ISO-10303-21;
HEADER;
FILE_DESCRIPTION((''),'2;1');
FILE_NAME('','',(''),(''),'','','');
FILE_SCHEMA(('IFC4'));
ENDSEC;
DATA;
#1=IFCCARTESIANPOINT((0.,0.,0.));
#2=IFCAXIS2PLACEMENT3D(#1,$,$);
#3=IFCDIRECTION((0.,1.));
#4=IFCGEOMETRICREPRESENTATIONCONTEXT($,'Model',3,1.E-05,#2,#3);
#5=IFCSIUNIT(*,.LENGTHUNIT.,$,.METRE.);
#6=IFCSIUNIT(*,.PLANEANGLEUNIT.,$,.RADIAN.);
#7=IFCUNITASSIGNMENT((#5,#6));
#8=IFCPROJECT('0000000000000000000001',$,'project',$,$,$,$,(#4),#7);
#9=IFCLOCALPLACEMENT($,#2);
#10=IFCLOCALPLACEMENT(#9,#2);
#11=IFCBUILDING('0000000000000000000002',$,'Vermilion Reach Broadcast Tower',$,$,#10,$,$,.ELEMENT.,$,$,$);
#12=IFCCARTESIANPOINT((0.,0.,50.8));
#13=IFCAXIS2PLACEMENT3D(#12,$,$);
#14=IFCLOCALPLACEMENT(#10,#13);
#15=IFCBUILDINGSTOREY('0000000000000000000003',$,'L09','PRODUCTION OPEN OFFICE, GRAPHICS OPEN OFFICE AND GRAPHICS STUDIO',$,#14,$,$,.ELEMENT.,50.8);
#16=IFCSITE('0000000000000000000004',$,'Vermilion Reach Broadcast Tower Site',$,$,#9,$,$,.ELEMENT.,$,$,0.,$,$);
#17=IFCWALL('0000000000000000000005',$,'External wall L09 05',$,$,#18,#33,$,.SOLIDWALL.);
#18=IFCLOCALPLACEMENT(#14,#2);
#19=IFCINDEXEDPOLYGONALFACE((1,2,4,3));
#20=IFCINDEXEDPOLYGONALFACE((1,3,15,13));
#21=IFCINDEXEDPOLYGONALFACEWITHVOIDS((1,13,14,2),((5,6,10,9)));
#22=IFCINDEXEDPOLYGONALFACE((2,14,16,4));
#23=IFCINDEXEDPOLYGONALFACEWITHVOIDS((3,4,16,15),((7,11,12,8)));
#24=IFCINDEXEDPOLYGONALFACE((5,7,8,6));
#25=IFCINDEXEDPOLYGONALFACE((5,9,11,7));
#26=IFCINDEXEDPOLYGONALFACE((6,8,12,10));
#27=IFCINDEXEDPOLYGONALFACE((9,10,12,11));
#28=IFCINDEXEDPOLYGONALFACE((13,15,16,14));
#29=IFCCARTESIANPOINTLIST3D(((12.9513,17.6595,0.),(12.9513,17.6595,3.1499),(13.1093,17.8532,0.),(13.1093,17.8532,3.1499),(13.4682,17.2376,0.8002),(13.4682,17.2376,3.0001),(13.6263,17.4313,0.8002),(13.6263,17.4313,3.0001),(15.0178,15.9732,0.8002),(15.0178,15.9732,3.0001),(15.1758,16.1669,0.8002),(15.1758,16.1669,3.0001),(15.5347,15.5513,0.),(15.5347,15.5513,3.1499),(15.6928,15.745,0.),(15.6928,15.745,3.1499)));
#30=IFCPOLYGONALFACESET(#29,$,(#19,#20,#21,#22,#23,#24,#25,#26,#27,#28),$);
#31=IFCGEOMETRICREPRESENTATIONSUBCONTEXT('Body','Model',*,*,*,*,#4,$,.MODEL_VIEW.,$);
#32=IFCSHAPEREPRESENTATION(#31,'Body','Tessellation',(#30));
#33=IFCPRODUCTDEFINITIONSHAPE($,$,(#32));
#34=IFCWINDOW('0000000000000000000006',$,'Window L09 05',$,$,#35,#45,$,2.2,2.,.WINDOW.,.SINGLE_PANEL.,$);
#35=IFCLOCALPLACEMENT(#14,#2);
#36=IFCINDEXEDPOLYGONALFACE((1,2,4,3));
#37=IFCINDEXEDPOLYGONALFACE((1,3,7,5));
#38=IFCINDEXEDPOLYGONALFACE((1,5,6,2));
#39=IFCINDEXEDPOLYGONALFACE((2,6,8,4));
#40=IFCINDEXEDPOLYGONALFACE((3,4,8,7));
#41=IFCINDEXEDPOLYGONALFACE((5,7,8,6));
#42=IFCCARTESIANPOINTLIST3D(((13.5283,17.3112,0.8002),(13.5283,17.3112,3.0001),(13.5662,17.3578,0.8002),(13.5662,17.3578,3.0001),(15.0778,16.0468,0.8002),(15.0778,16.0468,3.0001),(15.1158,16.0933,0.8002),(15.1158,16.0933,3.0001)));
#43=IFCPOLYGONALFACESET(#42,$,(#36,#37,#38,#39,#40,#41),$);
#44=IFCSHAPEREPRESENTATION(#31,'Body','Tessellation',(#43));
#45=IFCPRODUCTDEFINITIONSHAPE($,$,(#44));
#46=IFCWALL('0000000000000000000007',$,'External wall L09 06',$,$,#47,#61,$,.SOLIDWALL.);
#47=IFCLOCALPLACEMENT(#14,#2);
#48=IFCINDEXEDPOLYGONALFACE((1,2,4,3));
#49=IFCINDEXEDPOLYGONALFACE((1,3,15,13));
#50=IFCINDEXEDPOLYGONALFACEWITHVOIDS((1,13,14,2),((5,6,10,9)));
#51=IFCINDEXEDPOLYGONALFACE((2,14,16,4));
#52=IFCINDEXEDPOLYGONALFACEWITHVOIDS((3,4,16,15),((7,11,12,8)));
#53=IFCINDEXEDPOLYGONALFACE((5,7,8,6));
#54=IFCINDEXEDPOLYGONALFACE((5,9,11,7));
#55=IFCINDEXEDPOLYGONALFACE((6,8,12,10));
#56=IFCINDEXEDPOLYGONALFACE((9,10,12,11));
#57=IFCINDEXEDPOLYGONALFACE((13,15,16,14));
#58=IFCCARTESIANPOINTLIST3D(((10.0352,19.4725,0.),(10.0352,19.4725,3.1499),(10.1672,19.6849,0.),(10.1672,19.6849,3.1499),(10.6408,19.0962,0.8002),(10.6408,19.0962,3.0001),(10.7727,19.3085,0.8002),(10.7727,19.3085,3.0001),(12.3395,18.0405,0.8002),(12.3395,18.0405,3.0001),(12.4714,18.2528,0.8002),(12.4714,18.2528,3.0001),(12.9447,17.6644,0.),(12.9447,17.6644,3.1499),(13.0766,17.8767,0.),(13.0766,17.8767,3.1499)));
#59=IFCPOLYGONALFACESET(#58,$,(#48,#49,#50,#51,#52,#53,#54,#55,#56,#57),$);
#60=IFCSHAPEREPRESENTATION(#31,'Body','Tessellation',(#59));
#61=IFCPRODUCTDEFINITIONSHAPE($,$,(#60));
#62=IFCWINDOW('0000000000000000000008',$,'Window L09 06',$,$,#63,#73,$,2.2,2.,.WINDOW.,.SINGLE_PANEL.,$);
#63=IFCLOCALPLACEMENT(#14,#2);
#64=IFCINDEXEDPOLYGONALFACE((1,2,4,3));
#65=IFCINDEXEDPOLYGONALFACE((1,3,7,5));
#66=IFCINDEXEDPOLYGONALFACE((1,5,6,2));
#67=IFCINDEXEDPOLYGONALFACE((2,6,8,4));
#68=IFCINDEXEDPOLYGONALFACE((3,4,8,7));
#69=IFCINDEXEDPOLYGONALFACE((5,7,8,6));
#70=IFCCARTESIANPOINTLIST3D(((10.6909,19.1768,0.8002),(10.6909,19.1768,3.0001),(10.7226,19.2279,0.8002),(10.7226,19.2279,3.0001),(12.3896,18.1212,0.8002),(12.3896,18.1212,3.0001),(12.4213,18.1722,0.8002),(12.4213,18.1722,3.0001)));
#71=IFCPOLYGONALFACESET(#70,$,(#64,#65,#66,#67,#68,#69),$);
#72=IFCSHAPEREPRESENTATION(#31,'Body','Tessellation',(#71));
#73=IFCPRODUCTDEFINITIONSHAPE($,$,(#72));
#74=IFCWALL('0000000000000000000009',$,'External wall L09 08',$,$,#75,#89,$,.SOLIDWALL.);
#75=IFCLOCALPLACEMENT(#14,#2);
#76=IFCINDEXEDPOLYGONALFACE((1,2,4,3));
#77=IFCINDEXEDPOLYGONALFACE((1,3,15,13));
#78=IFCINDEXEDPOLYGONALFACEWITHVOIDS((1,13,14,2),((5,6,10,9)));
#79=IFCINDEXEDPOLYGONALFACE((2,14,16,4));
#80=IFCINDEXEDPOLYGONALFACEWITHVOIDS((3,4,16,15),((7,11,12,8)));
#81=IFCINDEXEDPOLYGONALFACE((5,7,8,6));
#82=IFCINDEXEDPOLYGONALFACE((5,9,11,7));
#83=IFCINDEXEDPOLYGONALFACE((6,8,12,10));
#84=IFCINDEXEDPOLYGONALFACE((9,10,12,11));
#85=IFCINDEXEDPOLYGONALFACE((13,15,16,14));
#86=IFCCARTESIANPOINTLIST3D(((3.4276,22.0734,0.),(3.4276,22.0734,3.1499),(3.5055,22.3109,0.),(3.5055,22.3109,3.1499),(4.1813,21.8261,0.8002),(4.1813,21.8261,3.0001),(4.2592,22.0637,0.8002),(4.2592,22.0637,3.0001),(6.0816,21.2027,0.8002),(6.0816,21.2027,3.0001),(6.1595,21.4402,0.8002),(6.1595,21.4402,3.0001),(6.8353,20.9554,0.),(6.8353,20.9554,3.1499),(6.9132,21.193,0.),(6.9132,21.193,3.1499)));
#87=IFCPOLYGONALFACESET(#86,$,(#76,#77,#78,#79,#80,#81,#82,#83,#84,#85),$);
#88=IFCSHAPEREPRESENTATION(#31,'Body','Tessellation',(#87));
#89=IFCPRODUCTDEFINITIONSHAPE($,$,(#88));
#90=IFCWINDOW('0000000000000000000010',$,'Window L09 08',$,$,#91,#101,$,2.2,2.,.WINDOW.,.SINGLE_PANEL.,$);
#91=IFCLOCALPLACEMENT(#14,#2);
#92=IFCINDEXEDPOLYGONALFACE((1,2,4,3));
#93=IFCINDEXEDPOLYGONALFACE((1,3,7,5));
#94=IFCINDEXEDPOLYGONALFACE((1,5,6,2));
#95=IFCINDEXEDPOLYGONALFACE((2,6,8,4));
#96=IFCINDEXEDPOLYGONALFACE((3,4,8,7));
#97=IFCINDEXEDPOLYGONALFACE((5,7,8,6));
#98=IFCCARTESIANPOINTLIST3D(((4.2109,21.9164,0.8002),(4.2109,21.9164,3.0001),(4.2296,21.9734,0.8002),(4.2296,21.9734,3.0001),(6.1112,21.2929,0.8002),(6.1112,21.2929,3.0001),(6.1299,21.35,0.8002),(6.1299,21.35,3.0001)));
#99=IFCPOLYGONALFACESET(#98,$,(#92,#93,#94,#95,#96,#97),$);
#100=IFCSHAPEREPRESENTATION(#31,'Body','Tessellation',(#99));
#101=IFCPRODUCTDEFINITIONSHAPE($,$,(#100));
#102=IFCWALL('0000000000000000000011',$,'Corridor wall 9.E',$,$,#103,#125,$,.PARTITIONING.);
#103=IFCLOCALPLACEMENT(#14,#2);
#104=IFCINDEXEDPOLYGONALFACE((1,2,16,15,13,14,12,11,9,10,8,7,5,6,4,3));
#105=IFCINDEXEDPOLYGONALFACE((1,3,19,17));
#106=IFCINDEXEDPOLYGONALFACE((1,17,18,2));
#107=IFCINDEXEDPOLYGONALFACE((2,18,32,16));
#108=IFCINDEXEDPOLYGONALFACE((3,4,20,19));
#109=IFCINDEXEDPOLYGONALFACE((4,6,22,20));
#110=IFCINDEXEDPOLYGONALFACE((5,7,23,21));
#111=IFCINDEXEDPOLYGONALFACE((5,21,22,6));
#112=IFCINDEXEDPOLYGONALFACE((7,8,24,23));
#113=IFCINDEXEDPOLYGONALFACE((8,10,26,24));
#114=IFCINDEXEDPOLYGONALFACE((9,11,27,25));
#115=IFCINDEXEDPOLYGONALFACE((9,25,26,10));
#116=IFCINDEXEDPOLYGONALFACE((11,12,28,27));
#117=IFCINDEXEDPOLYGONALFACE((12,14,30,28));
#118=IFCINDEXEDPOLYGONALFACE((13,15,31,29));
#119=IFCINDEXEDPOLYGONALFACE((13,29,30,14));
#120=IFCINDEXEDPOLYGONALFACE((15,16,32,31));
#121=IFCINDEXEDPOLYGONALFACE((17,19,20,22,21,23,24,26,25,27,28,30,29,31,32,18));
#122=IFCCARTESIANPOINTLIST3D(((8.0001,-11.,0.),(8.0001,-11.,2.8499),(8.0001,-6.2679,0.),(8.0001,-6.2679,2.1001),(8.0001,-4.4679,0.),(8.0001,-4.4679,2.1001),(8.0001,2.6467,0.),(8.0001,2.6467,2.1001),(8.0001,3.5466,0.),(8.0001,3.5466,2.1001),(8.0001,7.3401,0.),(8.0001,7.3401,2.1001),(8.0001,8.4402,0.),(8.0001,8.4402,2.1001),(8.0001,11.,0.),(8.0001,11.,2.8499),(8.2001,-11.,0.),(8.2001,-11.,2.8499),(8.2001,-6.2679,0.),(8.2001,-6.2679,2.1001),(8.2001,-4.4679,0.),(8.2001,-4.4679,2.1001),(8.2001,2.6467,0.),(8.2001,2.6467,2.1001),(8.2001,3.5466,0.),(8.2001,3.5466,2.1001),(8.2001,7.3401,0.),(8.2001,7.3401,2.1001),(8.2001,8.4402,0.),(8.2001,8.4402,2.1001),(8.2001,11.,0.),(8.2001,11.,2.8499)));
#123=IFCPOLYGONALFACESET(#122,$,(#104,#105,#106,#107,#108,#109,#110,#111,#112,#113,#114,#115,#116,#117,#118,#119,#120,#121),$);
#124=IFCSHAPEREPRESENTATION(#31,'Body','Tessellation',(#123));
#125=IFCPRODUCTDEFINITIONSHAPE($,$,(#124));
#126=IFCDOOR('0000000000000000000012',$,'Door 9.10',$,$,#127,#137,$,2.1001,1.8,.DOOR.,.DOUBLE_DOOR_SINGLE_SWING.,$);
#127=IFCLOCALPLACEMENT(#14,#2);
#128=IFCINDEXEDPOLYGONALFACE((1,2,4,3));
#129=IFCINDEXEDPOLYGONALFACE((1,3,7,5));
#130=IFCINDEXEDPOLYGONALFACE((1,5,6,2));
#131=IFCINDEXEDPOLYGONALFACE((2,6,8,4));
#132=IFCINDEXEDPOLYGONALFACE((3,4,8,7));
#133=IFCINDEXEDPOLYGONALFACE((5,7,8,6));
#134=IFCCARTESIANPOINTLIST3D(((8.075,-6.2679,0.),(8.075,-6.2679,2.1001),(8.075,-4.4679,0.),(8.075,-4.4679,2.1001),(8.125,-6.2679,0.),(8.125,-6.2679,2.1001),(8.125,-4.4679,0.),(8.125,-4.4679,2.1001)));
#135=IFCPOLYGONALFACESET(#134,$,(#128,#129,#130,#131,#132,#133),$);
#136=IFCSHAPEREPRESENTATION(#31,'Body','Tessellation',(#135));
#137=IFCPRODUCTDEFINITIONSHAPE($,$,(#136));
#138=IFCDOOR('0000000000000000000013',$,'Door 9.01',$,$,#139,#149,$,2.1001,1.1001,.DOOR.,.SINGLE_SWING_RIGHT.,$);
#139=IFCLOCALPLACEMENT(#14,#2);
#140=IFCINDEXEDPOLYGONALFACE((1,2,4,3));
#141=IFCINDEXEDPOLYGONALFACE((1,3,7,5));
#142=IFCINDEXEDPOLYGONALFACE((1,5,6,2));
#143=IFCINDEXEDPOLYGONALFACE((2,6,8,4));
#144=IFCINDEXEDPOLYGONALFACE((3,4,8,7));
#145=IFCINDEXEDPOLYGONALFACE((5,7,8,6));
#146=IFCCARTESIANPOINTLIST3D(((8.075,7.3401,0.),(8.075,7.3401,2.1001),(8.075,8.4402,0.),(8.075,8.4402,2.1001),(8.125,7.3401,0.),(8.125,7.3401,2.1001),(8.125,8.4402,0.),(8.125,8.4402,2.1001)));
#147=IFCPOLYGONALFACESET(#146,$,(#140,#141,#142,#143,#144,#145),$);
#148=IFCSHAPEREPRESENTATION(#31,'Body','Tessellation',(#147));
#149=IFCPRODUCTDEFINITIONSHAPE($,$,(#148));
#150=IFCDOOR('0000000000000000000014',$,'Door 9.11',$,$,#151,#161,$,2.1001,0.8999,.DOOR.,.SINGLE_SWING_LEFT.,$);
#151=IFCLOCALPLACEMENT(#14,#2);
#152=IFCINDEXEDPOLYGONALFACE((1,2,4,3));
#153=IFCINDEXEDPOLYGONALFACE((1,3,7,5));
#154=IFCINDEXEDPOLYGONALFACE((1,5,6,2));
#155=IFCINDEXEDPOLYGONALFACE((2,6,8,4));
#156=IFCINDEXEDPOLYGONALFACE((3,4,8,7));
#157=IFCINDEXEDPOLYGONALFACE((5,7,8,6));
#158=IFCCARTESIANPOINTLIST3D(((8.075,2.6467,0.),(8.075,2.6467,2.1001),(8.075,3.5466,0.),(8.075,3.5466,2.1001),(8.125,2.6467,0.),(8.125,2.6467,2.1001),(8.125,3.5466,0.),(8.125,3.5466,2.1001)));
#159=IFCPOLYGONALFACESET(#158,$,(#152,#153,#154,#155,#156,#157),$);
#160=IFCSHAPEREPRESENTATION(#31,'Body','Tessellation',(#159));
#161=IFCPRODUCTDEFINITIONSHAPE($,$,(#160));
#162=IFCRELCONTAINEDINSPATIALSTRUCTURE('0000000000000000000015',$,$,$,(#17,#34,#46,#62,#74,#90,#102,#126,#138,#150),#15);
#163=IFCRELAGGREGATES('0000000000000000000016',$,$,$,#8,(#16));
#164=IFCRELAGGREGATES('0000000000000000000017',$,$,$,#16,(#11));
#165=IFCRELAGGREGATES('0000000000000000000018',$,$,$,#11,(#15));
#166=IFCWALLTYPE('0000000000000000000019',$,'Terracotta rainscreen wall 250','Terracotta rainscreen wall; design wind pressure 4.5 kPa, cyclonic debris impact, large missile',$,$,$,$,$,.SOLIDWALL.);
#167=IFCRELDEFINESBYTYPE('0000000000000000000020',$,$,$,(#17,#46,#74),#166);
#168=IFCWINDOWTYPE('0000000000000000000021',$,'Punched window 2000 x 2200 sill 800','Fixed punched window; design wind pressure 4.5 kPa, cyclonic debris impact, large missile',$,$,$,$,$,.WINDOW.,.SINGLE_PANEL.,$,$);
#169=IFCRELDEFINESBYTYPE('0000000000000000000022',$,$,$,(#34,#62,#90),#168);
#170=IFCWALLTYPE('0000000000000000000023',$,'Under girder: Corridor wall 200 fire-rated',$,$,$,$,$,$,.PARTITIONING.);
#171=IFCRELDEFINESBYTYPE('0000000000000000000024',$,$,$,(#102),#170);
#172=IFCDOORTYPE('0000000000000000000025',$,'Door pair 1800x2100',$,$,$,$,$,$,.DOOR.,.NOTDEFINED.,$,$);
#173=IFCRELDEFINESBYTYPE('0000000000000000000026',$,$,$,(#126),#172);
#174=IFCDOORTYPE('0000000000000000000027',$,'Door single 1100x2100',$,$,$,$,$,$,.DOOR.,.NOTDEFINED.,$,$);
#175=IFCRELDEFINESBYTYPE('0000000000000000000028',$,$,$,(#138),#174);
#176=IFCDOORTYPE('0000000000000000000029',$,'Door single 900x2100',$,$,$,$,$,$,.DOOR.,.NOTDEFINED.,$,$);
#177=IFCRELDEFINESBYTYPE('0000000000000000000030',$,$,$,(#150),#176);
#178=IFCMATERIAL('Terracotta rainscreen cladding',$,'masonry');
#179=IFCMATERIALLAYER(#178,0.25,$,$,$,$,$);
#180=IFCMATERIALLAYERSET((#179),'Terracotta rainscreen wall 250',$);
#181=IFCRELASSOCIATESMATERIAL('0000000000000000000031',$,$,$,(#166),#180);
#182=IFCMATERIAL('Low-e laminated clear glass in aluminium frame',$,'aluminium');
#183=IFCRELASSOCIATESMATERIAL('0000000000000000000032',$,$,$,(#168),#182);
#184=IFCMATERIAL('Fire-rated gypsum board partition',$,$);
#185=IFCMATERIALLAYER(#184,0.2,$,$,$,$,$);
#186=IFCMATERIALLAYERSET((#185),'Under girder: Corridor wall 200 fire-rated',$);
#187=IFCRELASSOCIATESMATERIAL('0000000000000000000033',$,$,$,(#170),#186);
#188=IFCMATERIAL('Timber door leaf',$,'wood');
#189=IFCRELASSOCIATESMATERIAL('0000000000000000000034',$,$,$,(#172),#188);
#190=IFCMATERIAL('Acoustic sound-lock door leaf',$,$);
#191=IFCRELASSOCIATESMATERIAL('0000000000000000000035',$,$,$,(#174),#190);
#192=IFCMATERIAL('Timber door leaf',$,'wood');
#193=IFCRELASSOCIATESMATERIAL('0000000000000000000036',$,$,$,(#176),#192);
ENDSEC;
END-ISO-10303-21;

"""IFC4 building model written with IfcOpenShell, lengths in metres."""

from ifc_helpers import new_model, si_unit, direction, frame, frame_2d, origin, place, context, subcontext, project, spatial, rectangle, extrude, material, layer, layer_set, type_object, element, fill, save


model = new_model("IFC4")

# Units and contexts
model_context = context("Model", 3, precision=1e-05, world=origin(), true_north=direction((0.0, 1.0)))
body_context = subcontext(model_context, "Body", "Model", "MODEL_VIEW")
ifc_project = project(units=[si_unit("LENGTHUNIT", "METRE"), si_unit("PLANEANGLEUNIT", "RADIAN")], contexts=[model_context])

# Site, building, storey
site_placement = place(None, origin())
site = spatial("IfcSite", under=ifc_project, at=site_placement, Name="Vermilion Reach Broadcast Tower Site", CompositionType="ELEMENT", RefElevation=0.0)
building_placement = place(site_placement, origin())
building = spatial("IfcBuilding", under=site, at=building_placement, Name="Vermilion Reach Broadcast Tower", CompositionType="ELEMENT")
storey_placement = place(building_placement, frame((0.0, 0.0, 50.8)))
storey = spatial("IfcBuildingStorey", under=building, at=storey_placement, Name="L09", Description="PRODUCTION OPEN OFFICE, GRAPHICS OPEN OFFICE AND GRAPHICS STUDIO", CompositionType="ELEMENT", Elevation=50.8)

# Shared definitions
ifc_material_1 = material(Name="Terracotta rainscreen cladding", Category="masonry")
ifc_layer_1 = layer(ifc_material_1, 0.25)
ifc_layer_set_1 = layer_set([ifc_layer_1], Name="Terracotta rainscreen wall 250")
wall_type_1 = type_object("IfcWallType", Name="Terracotta rainscreen wall 250", Description="Terracotta rainscreen wall; design wind pressure 4.5 kPa, cyclonic debris impact, large missile", PredefinedType="SOLIDWALL", material=ifc_layer_set_1)

# Walls, openings, windows
ifc_material_2 = material(Name="Low-e laminated clear glass in aluminium frame", Category="aluminium")
window_type = type_object("IfcWindowType", Name="Punched window 2000 x 2200 sill 800", Description="Fixed punched window; design wind pressure 4.5 kPa, cyclonic debris impact, large missile", PartitioningType="SINGLE_PANEL", PredefinedType="WINDOW", material=ifc_material_2)
wall_1_placement = place(storey_placement, frame((15.6138, 15.6482, 0.0), z_axis=(0.0, 0.0, 1.0), x_axis=(-0.774782, 0.632229, 0.0)))
wall_1 = element("IfcWall", 1, at=wall_1_placement, inside=storey, type_object=wall_type_1, Name="External wall L09 05", PredefinedType="SOLIDWALL", context=body_context, shape_type="SweptSolid", body=[
    extrude(rectangle(XDim=3.3345, YDim=0.25, at=frame_2d((1.6672, 0.0))), origin(), (0.0, 0.0, 1.0), 3.1499),
])
opening_1_placement = place(wall_1_placement, frame((0.6672, 0.0, 0.8)))
opening_1 = element("IfcOpeningElement", 2, at=opening_1_placement, cuts=wall_1, PredefinedType="OPENING", context=body_context, shape_type="SweptSolid", body=[
    extrude(rectangle(XDim=2.0, YDim=2.2, at=frame_2d((1.0, 1.1001))), frame((0.0, 0.135, 0.0), z_axis=(0.0, -1.0, 0.0), x_axis=(1.0, 0.0, 0.0)), (0.0, 0.0, 1.0), 0.27),
])
window_1_placement = place(opening_1_placement, origin())
window_1 = element("IfcWindow", 3, at=window_1_placement, inside=storey, type_object=window_type, Name="Window L09 05", OverallHeight=2.2, OverallWidth=2.0, PartitioningType="SINGLE_PANEL", PredefinedType="WINDOW", context=body_context, shape_type="SweptSolid", body=[
    extrude(rectangle(XDim=2.0, YDim=2.2, at=frame_2d((1.0, 1.1001))), frame((0.0, 0.03, 0.0), z_axis=(0.0, -1.0, 0.0), x_axis=(1.0, 0.0, 0.0)), (0.0, 0.0, 1.0), 0.0601),
])
fill(opening_1, window_1)
wall_2_placement = place(storey_placement, frame((13.0107, 17.7705, 0.0), z_axis=(0.0, 0.0, 1.0), x_axis=(-0.849345, 0.527838, 0.0)))
wall_2 = element("IfcWall", 4, at=wall_2_placement, inside=storey, type_object=wall_type_1, Name="External wall L09 06", PredefinedType="SOLIDWALL", context=body_context, shape_type="SweptSolid", body=[
    extrude(rectangle(XDim=3.4255, YDim=0.25, at=frame_2d((1.7129, 0.0))), origin(), (0.0, 0.0, 1.0), 3.1499),
])
opening_2_placement = place(wall_2_placement, frame((0.7126, 0.0, 0.8)))
opening_2 = element("IfcOpeningElement", 5, at=opening_2_placement, cuts=wall_2, PredefinedType="OPENING", context=body_context, shape_type="SweptSolid", body=[
    extrude(rectangle(XDim=2.0, YDim=2.2, at=frame_2d((1.0, 1.1001))), frame((0.0, 0.135, 0.0), z_axis=(0.0, -1.0, 0.0), x_axis=(1.0, 0.0, 0.0)), (0.0, 0.0, 1.0), 0.27),
])
window_2_placement = place(opening_2_placement, origin())
window_2 = element("IfcWindow", 6, at=window_2_placement, inside=storey, type_object=window_type, Name="Window L09 06", OverallHeight=2.2, OverallWidth=2.0, PartitioningType="SINGLE_PANEL", PredefinedType="WINDOW", context=body_context, shape_type="SweptSolid", body=[
    extrude(rectangle(XDim=2.0, YDim=2.2, at=frame_2d((1.0, 1.1001))), frame((0.0, 0.03, 0.0), z_axis=(0.0, -1.0, 0.0), x_axis=(1.0, 0.0, 0.0)), (0.0, 0.0, 1.0), 0.0601),
])
fill(opening_2, window_2)

# Wall, opening, window
wall_3_placement = place(storey_placement, frame((6.8743, 21.0742, 0.0), z_axis=(0.0, 0.0, 1.0), x_axis=(-0.950177, 0.311711, 0.0)))
wall_3 = element("IfcWall", 7, at=wall_3_placement, inside=storey, type_object=wall_type_1, Name="External wall L09 08", PredefinedType="SOLIDWALL", context=body_context, shape_type="SweptSolid", body=[
    extrude(rectangle(XDim=3.5864, YDim=0.25, at=frame_2d((1.7932, 0.0))), origin(), (0.0, 0.0, 1.0), 3.1499),
])
opening_3_placement = place(wall_3_placement, frame((0.7932, 0.0, 0.8)))
opening_3 = element("IfcOpeningElement", 8, at=opening_3_placement, cuts=wall_3, PredefinedType="OPENING", context=body_context, shape_type="SweptSolid", body=[
    extrude(rectangle(XDim=2.0, YDim=2.2, at=frame_2d((1.0, 1.1001))), frame((0.0, 0.135, 0.0), z_axis=(0.0, -1.0, 0.0), x_axis=(1.0, 0.0, 0.0)), (0.0, 0.0, 1.0), 0.27),
])
window_3_placement = place(opening_3_placement, origin())
window_3 = element("IfcWindow", 9, at=window_3_placement, inside=storey, type_object=window_type, Name="Window L09 08", OverallHeight=2.2, OverallWidth=2.0, PartitioningType="SINGLE_PANEL", PredefinedType="WINDOW", context=body_context, shape_type="SweptSolid", body=[
    extrude(rectangle(XDim=2.0, YDim=2.2, at=frame_2d((1.0, 1.1001))), frame((0.0, 0.03, 0.0), z_axis=(0.0, -1.0, 0.0), x_axis=(1.0, 0.0, 0.0)), (0.0, 0.0, 1.0), 0.0601),
])
fill(opening_3, window_3)

# Wall, openings, doors
ifc_material_3 = material(Name="Fire-rated gypsum board partition")
ifc_layer_2 = layer(ifc_material_3, 0.2)
ifc_layer_set_2 = layer_set([ifc_layer_2], Name="Under girder: Corridor wall 200 fire-rated")
wall_type_2 = type_object("IfcWallType", Name="Under girder: Corridor wall 200 fire-rated", PredefinedType="PARTITIONING", material=ifc_layer_set_2)
wall_4_placement = place(storey_placement, frame((8.1001, 11.0, 0.0), z_axis=(0.0, 0.0, 1.0), x_axis=(0.0, -1.0, 0.0)))
wall_4 = element("IfcWall", 10, at=wall_4_placement, inside=storey, type_object=wall_type_2, Name="Corridor wall 9.E", PredefinedType="PARTITIONING", context=body_context, shape_type="SweptSolid", body=[
    extrude(rectangle(XDim=22.0, YDim=0.2, at=frame_2d((11.0, 0.0))), origin(), (0.0, 0.0, 1.0), 2.8499),
])
opening_4_placement = place(wall_4_placement, frame((2.5598, 0.0, 0.0)))
opening_4 = element("IfcOpeningElement", 11, at=opening_4_placement, cuts=wall_4, PredefinedType="OPENING", context=body_context, shape_type="SweptSolid", body=[
    extrude(rectangle(XDim=1.1001, YDim=2.1001, at=frame_2d((0.55, 1.05))), frame((0.0, 0.1099, 0.0), z_axis=(0.0, -1.0, 0.0), x_axis=(1.0, 0.0, 0.0)), (0.0, 0.0, 1.0), 0.22),
])
opening_5_placement = place(wall_4_placement, frame((15.468, 0.0, 0.0)))
opening_5 = element("IfcOpeningElement", 12, at=opening_5_placement, cuts=wall_4, PredefinedType="OPENING", context=body_context, shape_type="SweptSolid", body=[
    extrude(rectangle(XDim=1.8, YDim=2.1001, at=frame_2d((0.8999, 1.05))), frame((0.0, 0.1099, 0.0), z_axis=(0.0, -1.0, 0.0), x_axis=(1.0, 0.0, 0.0)), (0.0, 0.0, 1.0), 0.22),
])
opening_6_placement = place(wall_4_placement, frame((7.4534, 0.0, 0.0)))
opening_6 = element("IfcOpeningElement", 13, at=opening_6_placement, cuts=wall_4, PredefinedType="OPENING", context=body_context, shape_type="SweptSolid", body=[
    extrude(rectangle(XDim=0.8999, YDim=2.1001, at=frame_2d((0.45, 1.05))), frame((0.0, 0.1099, 0.0), z_axis=(0.0, -1.0, 0.0), x_axis=(1.0, 0.0, 0.0)), (0.0, 0.0, 1.0), 0.22),
])
ifc_material_4 = material(Name="Timber door leaf", Category="wood")
door_type_1 = type_object("IfcDoorType", Name="Door pair 1800x2100", OperationType="NOTDEFINED", PredefinedType="DOOR", material=ifc_material_4)
door_1_placement = place(opening_5_placement, origin())
door_1 = element("IfcDoor", 14, at=door_1_placement, inside=storey, type_object=door_type_1, Name="Door 9.10", OperationType="DOUBLE_DOOR_SINGLE_SWING", OverallHeight=2.1001, OverallWidth=1.8, PredefinedType="DOOR", context=body_context, shape_type="SweptSolid", body=[
    extrude(rectangle(XDim=1.8, YDim=2.1001, at=frame_2d((0.8999, 1.05))), frame((0.0, 0.0249, 0.0), z_axis=(0.0, -1.0, 0.0), x_axis=(1.0, 0.0, 0.0)), (0.0, 0.0, 1.0), 0.05),
])
fill(opening_5, door_1)
ifc_material_5 = material(Name="Acoustic sound-lock door leaf")
door_type_2 = type_object("IfcDoorType", Name="Door single 1100x2100", OperationType="NOTDEFINED", PredefinedType="DOOR", material=ifc_material_5)
door_2_placement = place(opening_4_placement, origin())
door_2 = element("IfcDoor", 15, at=door_2_placement, inside=storey, type_object=door_type_2, Name="Door 9.01", OperationType="SINGLE_SWING_RIGHT", OverallHeight=2.1001, OverallWidth=1.1001, PredefinedType="DOOR", context=body_context, shape_type="SweptSolid", body=[
    extrude(rectangle(XDim=1.1001, YDim=2.1001, at=frame_2d((0.55, 1.05))), frame((0.0, 0.0249, 0.0), z_axis=(0.0, -1.0, 0.0), x_axis=(1.0, 0.0, 0.0)), (0.0, 0.0, 1.0), 0.05),
])
fill(opening_4, door_2)
ifc_material_6 = material(Name="Timber door leaf", Category="wood")
door_type_3 = type_object("IfcDoorType", Name="Door single 900x2100", OperationType="NOTDEFINED", PredefinedType="DOOR", material=ifc_material_6)
door_3_placement = place(opening_6_placement, origin())
door_3 = element("IfcDoor", 16, at=door_3_placement, inside=storey, type_object=door_type_3, Name="Door 9.11", OperationType="SINGLE_SWING_LEFT", OverallHeight=2.1001, OverallWidth=0.8999, PredefinedType="DOOR", context=body_context, shape_type="SweptSolid", body=[
    extrude(rectangle(XDim=0.8999, YDim=2.1001, at=frame_2d((0.45, 1.05))), frame((0.0, 0.0249, 0.0), z_axis=(0.0, -1.0, 0.0), x_axis=(1.0, 0.0, 0.0)), (0.0, 0.0, 1.0), 0.05),
])
fill(opening_6, door_3)

save(model, "model.ifc")
